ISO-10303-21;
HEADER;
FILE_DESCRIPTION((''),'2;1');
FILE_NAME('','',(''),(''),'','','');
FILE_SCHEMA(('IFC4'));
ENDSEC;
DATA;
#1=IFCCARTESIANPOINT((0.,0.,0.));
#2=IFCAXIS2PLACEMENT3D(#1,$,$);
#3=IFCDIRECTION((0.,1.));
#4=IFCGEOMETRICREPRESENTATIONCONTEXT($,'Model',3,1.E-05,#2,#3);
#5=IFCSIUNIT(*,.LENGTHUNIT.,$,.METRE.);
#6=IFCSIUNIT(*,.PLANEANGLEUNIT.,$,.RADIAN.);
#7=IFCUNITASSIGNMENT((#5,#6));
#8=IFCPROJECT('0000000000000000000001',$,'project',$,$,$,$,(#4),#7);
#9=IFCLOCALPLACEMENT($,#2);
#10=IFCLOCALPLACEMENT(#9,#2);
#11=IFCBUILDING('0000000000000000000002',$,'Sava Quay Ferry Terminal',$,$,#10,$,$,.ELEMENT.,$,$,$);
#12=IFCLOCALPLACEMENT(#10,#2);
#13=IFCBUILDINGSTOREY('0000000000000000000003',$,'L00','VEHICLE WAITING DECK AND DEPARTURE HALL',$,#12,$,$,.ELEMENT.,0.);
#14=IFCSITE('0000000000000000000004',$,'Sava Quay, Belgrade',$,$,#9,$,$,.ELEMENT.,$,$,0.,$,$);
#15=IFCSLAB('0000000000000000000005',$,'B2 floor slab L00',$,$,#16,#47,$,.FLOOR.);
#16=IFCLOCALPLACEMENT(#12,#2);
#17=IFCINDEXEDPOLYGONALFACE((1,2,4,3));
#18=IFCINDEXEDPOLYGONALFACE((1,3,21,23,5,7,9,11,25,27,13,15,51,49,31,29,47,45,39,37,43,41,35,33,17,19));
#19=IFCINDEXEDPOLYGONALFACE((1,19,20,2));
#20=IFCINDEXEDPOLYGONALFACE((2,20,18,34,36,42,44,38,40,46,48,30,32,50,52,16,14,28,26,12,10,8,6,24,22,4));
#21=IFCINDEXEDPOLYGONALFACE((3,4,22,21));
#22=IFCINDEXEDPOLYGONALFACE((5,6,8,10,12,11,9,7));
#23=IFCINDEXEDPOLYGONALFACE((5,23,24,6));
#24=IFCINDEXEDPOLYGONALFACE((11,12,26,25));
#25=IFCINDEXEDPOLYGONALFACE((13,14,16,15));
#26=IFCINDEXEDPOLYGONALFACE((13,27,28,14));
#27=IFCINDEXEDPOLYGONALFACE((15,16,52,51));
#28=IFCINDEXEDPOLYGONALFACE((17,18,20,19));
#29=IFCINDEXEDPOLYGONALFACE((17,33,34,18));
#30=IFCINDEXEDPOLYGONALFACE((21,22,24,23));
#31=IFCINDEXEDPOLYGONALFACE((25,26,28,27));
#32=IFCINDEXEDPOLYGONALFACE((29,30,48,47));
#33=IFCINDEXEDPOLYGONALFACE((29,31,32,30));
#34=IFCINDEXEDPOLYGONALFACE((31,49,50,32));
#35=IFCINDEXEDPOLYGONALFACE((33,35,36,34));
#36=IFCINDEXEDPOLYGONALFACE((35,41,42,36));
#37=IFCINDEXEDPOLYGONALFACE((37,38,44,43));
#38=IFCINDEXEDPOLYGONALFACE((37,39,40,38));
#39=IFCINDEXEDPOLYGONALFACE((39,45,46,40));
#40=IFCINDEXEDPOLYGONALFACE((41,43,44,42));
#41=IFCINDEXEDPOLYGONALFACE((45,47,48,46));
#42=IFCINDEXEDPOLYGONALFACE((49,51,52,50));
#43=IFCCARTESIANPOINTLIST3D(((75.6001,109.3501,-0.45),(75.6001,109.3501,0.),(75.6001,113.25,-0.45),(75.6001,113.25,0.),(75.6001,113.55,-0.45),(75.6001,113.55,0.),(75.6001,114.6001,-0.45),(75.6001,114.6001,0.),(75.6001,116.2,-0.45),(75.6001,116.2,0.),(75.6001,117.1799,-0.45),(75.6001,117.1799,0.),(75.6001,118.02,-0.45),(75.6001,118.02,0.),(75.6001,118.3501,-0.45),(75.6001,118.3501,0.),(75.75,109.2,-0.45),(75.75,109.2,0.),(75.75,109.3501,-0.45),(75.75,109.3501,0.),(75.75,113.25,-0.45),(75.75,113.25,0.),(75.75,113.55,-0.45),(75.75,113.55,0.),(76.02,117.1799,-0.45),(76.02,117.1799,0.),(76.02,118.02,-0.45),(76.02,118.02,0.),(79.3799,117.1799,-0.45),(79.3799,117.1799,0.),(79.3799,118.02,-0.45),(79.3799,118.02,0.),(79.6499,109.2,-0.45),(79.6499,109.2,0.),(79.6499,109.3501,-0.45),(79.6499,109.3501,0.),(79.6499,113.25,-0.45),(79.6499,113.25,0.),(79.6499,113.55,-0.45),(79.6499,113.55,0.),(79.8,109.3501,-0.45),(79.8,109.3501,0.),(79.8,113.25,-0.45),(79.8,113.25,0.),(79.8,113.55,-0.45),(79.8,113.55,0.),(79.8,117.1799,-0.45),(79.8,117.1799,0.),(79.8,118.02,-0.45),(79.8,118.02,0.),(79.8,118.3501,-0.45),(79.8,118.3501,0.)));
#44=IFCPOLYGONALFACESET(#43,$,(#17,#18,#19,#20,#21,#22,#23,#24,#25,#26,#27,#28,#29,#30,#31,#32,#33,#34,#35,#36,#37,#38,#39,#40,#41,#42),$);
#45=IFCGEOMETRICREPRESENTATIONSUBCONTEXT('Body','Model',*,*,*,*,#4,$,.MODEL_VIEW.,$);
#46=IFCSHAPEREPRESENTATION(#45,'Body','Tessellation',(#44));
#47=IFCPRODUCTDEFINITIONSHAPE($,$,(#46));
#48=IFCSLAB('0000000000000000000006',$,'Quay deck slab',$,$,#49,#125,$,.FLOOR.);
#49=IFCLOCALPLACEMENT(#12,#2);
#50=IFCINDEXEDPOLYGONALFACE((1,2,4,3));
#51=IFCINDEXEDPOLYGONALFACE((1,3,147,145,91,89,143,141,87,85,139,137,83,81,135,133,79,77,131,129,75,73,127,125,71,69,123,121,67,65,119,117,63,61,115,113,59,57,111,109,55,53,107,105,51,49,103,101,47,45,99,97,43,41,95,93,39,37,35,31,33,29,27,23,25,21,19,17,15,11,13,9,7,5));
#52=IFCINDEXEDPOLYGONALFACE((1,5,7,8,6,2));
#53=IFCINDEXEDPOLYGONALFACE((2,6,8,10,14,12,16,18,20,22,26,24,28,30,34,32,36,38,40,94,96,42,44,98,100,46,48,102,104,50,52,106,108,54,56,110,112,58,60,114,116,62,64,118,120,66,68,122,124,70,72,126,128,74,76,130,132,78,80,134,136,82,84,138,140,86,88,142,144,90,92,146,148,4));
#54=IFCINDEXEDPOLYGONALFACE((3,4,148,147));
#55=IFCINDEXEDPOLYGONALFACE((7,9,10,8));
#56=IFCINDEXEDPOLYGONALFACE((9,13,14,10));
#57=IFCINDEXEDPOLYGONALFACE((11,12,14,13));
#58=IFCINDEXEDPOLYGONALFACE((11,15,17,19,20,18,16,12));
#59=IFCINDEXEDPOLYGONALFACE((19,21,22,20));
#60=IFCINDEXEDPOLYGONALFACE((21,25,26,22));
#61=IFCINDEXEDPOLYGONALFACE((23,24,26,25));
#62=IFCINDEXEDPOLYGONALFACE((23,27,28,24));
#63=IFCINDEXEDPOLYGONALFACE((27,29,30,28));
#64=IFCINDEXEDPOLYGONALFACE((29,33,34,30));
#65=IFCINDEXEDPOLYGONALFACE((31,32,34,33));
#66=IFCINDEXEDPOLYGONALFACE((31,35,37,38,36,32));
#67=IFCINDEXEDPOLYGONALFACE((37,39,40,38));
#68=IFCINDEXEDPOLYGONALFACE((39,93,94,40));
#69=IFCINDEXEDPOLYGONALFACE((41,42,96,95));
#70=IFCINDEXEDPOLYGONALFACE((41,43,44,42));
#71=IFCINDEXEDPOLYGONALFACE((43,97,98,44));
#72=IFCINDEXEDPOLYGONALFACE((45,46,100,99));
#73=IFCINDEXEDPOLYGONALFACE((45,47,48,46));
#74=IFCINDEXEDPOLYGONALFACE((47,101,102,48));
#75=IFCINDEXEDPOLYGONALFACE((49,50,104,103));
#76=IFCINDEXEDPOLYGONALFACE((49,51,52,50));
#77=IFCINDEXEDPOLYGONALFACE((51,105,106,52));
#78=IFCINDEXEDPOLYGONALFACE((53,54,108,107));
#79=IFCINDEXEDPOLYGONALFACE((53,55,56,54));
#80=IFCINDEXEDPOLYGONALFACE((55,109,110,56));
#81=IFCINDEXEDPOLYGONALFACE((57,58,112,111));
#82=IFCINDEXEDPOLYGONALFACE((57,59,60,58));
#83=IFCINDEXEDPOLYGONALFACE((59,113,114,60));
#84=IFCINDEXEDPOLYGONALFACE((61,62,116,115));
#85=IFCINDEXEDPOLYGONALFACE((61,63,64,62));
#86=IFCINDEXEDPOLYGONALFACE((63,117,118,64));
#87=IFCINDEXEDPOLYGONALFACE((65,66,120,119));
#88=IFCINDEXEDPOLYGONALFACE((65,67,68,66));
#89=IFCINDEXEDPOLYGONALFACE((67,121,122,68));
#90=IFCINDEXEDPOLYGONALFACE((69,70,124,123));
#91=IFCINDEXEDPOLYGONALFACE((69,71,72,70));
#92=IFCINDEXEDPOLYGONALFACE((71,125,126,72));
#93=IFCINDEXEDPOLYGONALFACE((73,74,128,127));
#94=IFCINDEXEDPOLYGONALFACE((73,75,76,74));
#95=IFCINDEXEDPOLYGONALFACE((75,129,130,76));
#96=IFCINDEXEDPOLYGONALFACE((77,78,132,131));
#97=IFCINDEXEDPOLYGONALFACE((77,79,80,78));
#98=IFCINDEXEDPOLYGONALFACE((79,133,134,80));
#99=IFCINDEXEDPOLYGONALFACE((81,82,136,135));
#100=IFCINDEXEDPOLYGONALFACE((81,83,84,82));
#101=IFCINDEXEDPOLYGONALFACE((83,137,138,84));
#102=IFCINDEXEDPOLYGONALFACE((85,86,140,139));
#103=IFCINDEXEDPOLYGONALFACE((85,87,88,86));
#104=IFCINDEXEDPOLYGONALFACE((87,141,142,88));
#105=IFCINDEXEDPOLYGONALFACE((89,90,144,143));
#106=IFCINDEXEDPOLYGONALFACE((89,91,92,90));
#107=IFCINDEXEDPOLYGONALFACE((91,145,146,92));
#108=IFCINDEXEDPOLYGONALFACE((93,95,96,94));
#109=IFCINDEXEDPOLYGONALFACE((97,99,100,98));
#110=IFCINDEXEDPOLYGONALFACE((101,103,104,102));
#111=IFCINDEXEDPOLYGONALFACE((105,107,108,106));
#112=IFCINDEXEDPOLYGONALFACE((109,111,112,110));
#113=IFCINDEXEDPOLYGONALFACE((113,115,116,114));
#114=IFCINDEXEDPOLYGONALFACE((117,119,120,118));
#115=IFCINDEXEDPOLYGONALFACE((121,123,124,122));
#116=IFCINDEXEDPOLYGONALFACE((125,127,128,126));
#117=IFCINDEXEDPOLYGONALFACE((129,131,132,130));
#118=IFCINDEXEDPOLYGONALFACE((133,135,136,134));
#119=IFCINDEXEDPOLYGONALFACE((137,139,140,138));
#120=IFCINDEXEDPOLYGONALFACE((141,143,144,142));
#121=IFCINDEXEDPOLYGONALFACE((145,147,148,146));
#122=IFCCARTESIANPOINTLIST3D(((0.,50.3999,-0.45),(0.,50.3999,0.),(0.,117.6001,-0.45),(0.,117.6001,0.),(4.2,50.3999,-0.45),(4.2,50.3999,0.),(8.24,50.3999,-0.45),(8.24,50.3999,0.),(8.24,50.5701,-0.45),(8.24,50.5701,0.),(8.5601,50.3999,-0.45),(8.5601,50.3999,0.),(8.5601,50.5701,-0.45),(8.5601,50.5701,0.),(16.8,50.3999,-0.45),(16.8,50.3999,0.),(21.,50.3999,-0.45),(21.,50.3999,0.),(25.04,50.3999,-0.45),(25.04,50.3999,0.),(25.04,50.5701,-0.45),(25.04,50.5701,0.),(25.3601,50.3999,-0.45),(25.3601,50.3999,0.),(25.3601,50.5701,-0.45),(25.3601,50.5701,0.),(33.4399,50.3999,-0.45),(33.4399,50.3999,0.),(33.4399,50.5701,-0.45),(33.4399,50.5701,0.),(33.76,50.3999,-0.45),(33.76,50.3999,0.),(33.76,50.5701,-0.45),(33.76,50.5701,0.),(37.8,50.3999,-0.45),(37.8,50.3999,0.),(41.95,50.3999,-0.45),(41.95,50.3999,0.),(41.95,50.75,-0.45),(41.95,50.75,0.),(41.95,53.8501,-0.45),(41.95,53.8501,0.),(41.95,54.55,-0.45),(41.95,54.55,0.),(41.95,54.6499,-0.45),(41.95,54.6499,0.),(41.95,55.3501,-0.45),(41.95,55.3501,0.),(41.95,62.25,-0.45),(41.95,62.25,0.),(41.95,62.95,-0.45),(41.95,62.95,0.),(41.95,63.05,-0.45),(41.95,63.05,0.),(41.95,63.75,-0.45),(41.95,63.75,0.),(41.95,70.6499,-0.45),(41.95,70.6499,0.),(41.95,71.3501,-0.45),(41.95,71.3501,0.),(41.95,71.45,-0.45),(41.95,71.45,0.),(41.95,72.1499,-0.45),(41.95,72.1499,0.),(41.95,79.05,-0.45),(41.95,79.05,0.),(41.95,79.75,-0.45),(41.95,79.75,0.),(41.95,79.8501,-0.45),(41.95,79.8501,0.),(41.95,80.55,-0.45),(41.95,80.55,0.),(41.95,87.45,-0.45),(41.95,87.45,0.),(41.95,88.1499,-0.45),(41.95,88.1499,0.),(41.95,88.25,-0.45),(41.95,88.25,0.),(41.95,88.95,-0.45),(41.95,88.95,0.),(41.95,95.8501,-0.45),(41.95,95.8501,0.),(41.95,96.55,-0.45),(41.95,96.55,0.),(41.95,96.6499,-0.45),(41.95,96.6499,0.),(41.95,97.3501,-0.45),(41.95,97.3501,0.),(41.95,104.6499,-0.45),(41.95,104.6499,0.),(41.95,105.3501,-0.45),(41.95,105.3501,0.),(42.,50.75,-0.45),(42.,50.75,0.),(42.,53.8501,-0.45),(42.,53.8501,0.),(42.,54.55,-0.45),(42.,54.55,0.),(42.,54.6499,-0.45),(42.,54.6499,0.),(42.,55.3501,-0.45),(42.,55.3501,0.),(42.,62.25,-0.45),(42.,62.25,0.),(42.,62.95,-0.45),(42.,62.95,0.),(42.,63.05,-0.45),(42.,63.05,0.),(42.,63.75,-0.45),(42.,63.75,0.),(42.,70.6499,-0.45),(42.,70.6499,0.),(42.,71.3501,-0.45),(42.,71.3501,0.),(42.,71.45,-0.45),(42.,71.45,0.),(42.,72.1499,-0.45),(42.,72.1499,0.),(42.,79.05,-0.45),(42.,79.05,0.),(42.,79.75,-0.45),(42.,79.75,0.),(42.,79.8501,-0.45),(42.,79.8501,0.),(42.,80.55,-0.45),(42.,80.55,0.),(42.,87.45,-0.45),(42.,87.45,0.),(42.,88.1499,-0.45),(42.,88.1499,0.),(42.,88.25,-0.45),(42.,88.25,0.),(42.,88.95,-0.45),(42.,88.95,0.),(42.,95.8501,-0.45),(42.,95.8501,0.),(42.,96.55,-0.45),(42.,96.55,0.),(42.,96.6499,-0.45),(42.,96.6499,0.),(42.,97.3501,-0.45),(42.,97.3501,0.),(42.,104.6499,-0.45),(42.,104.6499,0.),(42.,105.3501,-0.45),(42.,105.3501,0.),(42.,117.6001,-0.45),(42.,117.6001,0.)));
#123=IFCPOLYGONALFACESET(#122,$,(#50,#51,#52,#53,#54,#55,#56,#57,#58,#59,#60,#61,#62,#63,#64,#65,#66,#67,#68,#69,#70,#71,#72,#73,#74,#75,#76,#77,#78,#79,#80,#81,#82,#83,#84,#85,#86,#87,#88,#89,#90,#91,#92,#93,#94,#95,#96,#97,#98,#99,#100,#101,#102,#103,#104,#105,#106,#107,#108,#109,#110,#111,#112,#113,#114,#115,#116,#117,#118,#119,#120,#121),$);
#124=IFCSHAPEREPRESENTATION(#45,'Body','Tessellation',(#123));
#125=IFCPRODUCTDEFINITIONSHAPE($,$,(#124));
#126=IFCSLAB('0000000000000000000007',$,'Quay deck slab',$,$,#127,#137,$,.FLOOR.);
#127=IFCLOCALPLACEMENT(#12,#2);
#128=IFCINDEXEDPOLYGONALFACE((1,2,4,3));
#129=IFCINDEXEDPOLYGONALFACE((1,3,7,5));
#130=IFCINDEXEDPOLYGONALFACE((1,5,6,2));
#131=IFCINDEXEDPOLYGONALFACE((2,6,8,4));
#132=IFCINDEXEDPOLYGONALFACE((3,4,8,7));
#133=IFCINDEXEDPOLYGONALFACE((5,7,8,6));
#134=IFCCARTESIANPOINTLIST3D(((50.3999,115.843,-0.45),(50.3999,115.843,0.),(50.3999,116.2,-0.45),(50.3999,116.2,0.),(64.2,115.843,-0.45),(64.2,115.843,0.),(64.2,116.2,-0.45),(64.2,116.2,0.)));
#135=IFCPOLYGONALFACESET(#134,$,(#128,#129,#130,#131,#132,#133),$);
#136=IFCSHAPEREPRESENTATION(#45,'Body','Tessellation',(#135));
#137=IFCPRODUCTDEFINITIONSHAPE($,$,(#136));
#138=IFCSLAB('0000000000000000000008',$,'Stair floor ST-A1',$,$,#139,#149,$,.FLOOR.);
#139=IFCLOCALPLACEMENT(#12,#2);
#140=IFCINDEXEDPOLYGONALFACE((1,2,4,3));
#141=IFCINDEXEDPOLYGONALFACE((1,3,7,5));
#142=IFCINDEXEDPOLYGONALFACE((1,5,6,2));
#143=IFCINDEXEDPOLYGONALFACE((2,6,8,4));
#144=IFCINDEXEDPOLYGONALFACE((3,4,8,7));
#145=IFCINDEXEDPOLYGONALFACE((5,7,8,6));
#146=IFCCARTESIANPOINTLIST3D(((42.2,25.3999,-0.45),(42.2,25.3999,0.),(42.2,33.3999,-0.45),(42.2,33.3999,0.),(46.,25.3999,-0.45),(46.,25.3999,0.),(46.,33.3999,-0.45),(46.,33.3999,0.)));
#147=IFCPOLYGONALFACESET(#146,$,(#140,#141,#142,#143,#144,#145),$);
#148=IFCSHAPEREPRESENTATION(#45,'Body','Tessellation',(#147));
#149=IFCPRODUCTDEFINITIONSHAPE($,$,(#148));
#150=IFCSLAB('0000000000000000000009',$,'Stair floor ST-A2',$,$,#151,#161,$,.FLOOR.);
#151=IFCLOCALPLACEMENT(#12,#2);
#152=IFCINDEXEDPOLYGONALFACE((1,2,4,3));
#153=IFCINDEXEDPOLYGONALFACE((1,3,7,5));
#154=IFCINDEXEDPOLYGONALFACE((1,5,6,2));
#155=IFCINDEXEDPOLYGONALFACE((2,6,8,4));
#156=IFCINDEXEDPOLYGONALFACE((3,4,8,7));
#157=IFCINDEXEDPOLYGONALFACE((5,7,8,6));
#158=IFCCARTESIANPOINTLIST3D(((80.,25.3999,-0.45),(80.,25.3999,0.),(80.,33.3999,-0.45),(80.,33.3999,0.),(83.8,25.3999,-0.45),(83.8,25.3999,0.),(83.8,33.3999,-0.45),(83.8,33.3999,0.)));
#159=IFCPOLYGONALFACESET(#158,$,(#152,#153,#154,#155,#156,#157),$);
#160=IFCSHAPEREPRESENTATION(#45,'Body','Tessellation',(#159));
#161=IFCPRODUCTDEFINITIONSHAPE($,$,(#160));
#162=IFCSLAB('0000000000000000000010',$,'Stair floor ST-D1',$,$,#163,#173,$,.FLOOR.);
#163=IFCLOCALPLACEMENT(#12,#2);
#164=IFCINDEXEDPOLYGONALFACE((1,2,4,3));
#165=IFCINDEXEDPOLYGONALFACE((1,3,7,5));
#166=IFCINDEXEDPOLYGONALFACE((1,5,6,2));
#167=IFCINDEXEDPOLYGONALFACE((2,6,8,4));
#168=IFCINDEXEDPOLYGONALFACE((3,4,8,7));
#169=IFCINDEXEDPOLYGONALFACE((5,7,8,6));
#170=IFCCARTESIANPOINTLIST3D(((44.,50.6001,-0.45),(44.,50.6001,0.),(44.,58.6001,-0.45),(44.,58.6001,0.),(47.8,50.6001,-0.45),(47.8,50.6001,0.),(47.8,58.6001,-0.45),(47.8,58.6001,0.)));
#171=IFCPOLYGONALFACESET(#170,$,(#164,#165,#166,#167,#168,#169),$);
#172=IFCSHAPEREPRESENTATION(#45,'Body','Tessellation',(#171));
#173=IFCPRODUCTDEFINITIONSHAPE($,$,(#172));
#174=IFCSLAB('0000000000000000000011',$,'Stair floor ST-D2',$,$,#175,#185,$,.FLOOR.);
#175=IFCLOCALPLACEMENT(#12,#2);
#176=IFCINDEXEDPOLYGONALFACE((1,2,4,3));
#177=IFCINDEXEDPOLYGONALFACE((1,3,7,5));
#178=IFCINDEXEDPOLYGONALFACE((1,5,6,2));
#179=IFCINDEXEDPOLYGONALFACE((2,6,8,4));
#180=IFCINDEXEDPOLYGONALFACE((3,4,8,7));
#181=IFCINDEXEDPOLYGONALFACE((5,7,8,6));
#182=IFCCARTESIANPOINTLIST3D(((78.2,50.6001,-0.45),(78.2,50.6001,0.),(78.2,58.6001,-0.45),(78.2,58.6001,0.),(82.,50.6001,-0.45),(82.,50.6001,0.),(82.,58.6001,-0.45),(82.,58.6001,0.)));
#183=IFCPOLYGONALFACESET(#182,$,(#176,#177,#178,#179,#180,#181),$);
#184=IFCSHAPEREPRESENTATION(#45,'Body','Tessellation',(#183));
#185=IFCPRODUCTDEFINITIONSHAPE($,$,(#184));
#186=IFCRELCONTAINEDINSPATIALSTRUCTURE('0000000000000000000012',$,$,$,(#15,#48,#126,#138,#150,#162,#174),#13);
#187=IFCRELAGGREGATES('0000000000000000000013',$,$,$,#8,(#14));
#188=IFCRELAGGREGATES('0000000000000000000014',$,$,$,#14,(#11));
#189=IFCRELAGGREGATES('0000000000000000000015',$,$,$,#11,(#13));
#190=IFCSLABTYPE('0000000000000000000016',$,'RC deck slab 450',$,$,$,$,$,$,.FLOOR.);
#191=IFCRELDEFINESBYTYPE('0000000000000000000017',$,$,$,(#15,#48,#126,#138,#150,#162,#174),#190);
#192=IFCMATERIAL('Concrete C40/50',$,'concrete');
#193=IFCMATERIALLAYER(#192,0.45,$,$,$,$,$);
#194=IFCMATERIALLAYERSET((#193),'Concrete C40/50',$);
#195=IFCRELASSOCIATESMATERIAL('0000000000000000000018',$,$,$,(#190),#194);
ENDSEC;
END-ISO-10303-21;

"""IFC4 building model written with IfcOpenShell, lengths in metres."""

from ifc_helpers import new_model, si_unit, direction, frame, origin, place, context, subcontext, project, spatial, polyline, outline, extrude, material, layer, layer_set, type_object, element, save


model = new_model("IFC4")

# Units and contexts
model_context = context("Model", 3, precision=1e-05, world=origin(), true_north=direction((0.0, 1.0)))
body_context = subcontext(model_context, "Body", "Model", "MODEL_VIEW")
ifc_project = project(units=[si_unit("LENGTHUNIT", "METRE"), si_unit("PLANEANGLEUNIT", "RADIAN")], contexts=[model_context])

# Site, building, storey
site_placement = place(None, origin())
site = spatial("IfcSite", under=ifc_project, at=site_placement, Name="Sava Quay, Belgrade", CompositionType="ELEMENT", RefElevation=0.0)
building_placement = place(site_placement, origin())
building = spatial("IfcBuilding", under=site, at=building_placement, Name="Sava Quay Ferry Terminal", CompositionType="ELEMENT")
storey_placement = place(building_placement, origin())
storey = spatial("IfcBuildingStorey", under=building, at=storey_placement, Name="L00", Description="VEHICLE WAITING DECK AND DEPARTURE HALL", CompositionType="ELEMENT", Elevation=0.0)

# Slabs
ifc_material_1 = material(Name="Concrete C40/50", Category="concrete")
ifc_layer_1 = layer(ifc_material_1, 0.45)
ifc_layer_set_1 = layer_set([ifc_layer_1], Name="Concrete C40/50")
slab_type = type_object("IfcSlabType", Name="RC deck slab 450", PredefinedType="FLOOR", material=ifc_layer_set_1)
slab_1_placement = place(storey_placement, frame((0.0, 0.0, -0.45)))
element("IfcSlab", 1, at=slab_1_placement, inside=storey, type_object=slab_type, Name="B2 floor slab L00", PredefinedType="FLOOR", context=body_context, shape_type="SweptSolid", body=[
    extrude(outline(polyline([(79.8, 109.3501), (79.6499, 109.3501), (79.6499, 109.2), (75.75, 109.2), (75.75, 109.3501), (75.6001, 109.3501), (75.6001, 113.25), (75.75, 113.25), (75.75, 113.55), (75.6001, 113.55), (75.6001, 114.6001), (75.6001, 116.2), (75.6001, 117.1799), (76.02, 117.1799), (76.02, 118.02), (75.6001, 118.02), (75.6001, 118.3501), (79.8, 118.3501), (79.8, 118.02), (79.3799, 118.02), (79.3799, 117.1799), (79.8, 117.1799), (79.8, 113.55), (79.6499, 113.55), (79.6499, 113.25), (79.8, 113.25), (79.8, 109.3501)])), origin(), (0.0, 0.0, 1.0), 0.45),
])
slab_2_placement = place(storey_placement, frame((0.0, 0.0, -0.45)))
element("IfcSlab", 2, at=slab_2_placement, inside=storey, type_object=slab_type, Name="Quay deck slab", PredefinedType="FLOOR", context=body_context, shape_type="SweptSolid", body=[
    extrude(outline(polyline([(41.95, 50.75), (41.95, 50.3999), (37.8, 50.3999), (33.76, 50.3999), (33.76, 50.5701), (33.4399, 50.5701), (33.4399, 50.3999), (25.3601, 50.3999), (25.3601, 50.5701), (25.04, 50.5701), (25.04, 50.3999), (21.0, 50.3999), (16.8, 50.3999), (8.5601, 50.3999), (8.5601, 50.5701), (8.24, 50.5701), (8.24, 50.3999), (4.2, 50.3999), (0.0, 50.3999), (0.0, 117.6001), (42.0, 117.6001), (42.0, 105.3501), (41.95, 105.3501), (41.95, 104.6499), (42.0, 104.6499), (42.0, 97.3501), (41.95, 97.3501), (41.95, 96.6499), (42.0, 96.6499), (42.0, 96.55), (41.95, 96.55), (41.95, 95.8501), (42.0, 95.8501), (42.0, 88.95), (41.95, 88.95), (41.95, 88.25), (42.0, 88.25), (42.0, 88.1499), (41.95, 88.1499), (41.95, 87.45), (42.0, 87.45), (42.0, 80.55), (41.95, 80.55), (41.95, 79.8501), (42.0, 79.8501), (42.0, 79.75), (41.95, 79.75), (41.95, 79.05), (42.0, 79.05), (42.0, 72.1499), (41.95, 72.1499), (41.95, 71.45), (42.0, 71.45), (42.0, 71.3501), (41.95, 71.3501), (41.95, 70.6499), (42.0, 70.6499), (42.0, 63.75), (41.95, 63.75), (41.95, 63.05), (42.0, 63.05), (42.0, 62.95), (41.95, 62.95), (41.95, 62.25), (42.0, 62.25), (42.0, 55.3501), (41.95, 55.3501), (41.95, 54.6499), (42.0, 54.6499), (42.0, 54.55), (41.95, 54.55), (41.95, 53.8501), (42.0, 53.8501), (42.0, 50.75), (41.95, 50.75)])), origin(), (0.0, 0.0, 1.0), 0.45),
])
slab_3_placement = place(storey_placement, frame((0.0, 0.0, -0.45)))
element("IfcSlab", 3, at=slab_3_placement, inside=storey, type_object=slab_type, Name="Quay deck slab", PredefinedType="FLOOR", context=body_context, shape_type="SweptSolid", body=[
    extrude(outline(polyline([(64.2, 116.2), (64.2, 115.843), (50.3999, 115.843), (50.3999, 116.2), (64.2, 116.2)])), origin(), (0.0, 0.0, 1.0), 0.45),
])
slab_4_placement = place(storey_placement, frame((0.0, 0.0, -0.45)))
element("IfcSlab", 4, at=slab_4_placement, inside=storey, type_object=slab_type, Name="Stair floor ST-A1", PredefinedType="FLOOR", context=body_context, shape_type="SweptSolid", body=[
    extrude(outline(polyline([(42.2, 25.3999), (46.0, 25.3999), (46.0, 33.3999), (42.2, 33.3999), (42.2, 25.3999)])), origin(), (0.0, 0.0, 1.0), 0.45),
])
slab_5_placement = place(storey_placement, frame((0.0, 0.0, -0.45)))
element("IfcSlab", 5, at=slab_5_placement, inside=storey, type_object=slab_type, Name="Stair floor ST-A2", PredefinedType="FLOOR", context=body_context, shape_type="SweptSolid", body=[
    extrude(outline(polyline([(80.0, 25.3999), (83.8, 25.3999), (83.8, 33.3999), (80.0, 33.3999), (80.0, 25.3999)])), origin(), (0.0, 0.0, 1.0), 0.45),
])
slab_6_placement = place(storey_placement, frame((0.0, 0.0, -0.45)))
element("IfcSlab", 6, at=slab_6_placement, inside=storey, type_object=slab_type, Name="Stair floor ST-D1", PredefinedType="FLOOR", context=body_context, shape_type="SweptSolid", body=[
    extrude(outline(polyline([(44.0, 50.6001), (47.8, 50.6001), (47.8, 58.6001), (44.0, 58.6001), (44.0, 50.6001)])), origin(), (0.0, 0.0, 1.0), 0.45),
])
slab_7_placement = place(storey_placement, frame((0.0, 0.0, -0.45)))
element("IfcSlab", 7, at=slab_7_placement, inside=storey, type_object=slab_type, Name="Stair floor ST-D2", PredefinedType="FLOOR", context=body_context, shape_type="SweptSolid", body=[
    extrude(outline(polyline([(78.2, 50.6001), (82.0, 50.6001), (82.0, 58.6001), (78.2, 58.6001), (78.2, 50.6001)])), origin(), (0.0, 0.0, 1.0), 0.45),
])

save(model, "model.ifc")
